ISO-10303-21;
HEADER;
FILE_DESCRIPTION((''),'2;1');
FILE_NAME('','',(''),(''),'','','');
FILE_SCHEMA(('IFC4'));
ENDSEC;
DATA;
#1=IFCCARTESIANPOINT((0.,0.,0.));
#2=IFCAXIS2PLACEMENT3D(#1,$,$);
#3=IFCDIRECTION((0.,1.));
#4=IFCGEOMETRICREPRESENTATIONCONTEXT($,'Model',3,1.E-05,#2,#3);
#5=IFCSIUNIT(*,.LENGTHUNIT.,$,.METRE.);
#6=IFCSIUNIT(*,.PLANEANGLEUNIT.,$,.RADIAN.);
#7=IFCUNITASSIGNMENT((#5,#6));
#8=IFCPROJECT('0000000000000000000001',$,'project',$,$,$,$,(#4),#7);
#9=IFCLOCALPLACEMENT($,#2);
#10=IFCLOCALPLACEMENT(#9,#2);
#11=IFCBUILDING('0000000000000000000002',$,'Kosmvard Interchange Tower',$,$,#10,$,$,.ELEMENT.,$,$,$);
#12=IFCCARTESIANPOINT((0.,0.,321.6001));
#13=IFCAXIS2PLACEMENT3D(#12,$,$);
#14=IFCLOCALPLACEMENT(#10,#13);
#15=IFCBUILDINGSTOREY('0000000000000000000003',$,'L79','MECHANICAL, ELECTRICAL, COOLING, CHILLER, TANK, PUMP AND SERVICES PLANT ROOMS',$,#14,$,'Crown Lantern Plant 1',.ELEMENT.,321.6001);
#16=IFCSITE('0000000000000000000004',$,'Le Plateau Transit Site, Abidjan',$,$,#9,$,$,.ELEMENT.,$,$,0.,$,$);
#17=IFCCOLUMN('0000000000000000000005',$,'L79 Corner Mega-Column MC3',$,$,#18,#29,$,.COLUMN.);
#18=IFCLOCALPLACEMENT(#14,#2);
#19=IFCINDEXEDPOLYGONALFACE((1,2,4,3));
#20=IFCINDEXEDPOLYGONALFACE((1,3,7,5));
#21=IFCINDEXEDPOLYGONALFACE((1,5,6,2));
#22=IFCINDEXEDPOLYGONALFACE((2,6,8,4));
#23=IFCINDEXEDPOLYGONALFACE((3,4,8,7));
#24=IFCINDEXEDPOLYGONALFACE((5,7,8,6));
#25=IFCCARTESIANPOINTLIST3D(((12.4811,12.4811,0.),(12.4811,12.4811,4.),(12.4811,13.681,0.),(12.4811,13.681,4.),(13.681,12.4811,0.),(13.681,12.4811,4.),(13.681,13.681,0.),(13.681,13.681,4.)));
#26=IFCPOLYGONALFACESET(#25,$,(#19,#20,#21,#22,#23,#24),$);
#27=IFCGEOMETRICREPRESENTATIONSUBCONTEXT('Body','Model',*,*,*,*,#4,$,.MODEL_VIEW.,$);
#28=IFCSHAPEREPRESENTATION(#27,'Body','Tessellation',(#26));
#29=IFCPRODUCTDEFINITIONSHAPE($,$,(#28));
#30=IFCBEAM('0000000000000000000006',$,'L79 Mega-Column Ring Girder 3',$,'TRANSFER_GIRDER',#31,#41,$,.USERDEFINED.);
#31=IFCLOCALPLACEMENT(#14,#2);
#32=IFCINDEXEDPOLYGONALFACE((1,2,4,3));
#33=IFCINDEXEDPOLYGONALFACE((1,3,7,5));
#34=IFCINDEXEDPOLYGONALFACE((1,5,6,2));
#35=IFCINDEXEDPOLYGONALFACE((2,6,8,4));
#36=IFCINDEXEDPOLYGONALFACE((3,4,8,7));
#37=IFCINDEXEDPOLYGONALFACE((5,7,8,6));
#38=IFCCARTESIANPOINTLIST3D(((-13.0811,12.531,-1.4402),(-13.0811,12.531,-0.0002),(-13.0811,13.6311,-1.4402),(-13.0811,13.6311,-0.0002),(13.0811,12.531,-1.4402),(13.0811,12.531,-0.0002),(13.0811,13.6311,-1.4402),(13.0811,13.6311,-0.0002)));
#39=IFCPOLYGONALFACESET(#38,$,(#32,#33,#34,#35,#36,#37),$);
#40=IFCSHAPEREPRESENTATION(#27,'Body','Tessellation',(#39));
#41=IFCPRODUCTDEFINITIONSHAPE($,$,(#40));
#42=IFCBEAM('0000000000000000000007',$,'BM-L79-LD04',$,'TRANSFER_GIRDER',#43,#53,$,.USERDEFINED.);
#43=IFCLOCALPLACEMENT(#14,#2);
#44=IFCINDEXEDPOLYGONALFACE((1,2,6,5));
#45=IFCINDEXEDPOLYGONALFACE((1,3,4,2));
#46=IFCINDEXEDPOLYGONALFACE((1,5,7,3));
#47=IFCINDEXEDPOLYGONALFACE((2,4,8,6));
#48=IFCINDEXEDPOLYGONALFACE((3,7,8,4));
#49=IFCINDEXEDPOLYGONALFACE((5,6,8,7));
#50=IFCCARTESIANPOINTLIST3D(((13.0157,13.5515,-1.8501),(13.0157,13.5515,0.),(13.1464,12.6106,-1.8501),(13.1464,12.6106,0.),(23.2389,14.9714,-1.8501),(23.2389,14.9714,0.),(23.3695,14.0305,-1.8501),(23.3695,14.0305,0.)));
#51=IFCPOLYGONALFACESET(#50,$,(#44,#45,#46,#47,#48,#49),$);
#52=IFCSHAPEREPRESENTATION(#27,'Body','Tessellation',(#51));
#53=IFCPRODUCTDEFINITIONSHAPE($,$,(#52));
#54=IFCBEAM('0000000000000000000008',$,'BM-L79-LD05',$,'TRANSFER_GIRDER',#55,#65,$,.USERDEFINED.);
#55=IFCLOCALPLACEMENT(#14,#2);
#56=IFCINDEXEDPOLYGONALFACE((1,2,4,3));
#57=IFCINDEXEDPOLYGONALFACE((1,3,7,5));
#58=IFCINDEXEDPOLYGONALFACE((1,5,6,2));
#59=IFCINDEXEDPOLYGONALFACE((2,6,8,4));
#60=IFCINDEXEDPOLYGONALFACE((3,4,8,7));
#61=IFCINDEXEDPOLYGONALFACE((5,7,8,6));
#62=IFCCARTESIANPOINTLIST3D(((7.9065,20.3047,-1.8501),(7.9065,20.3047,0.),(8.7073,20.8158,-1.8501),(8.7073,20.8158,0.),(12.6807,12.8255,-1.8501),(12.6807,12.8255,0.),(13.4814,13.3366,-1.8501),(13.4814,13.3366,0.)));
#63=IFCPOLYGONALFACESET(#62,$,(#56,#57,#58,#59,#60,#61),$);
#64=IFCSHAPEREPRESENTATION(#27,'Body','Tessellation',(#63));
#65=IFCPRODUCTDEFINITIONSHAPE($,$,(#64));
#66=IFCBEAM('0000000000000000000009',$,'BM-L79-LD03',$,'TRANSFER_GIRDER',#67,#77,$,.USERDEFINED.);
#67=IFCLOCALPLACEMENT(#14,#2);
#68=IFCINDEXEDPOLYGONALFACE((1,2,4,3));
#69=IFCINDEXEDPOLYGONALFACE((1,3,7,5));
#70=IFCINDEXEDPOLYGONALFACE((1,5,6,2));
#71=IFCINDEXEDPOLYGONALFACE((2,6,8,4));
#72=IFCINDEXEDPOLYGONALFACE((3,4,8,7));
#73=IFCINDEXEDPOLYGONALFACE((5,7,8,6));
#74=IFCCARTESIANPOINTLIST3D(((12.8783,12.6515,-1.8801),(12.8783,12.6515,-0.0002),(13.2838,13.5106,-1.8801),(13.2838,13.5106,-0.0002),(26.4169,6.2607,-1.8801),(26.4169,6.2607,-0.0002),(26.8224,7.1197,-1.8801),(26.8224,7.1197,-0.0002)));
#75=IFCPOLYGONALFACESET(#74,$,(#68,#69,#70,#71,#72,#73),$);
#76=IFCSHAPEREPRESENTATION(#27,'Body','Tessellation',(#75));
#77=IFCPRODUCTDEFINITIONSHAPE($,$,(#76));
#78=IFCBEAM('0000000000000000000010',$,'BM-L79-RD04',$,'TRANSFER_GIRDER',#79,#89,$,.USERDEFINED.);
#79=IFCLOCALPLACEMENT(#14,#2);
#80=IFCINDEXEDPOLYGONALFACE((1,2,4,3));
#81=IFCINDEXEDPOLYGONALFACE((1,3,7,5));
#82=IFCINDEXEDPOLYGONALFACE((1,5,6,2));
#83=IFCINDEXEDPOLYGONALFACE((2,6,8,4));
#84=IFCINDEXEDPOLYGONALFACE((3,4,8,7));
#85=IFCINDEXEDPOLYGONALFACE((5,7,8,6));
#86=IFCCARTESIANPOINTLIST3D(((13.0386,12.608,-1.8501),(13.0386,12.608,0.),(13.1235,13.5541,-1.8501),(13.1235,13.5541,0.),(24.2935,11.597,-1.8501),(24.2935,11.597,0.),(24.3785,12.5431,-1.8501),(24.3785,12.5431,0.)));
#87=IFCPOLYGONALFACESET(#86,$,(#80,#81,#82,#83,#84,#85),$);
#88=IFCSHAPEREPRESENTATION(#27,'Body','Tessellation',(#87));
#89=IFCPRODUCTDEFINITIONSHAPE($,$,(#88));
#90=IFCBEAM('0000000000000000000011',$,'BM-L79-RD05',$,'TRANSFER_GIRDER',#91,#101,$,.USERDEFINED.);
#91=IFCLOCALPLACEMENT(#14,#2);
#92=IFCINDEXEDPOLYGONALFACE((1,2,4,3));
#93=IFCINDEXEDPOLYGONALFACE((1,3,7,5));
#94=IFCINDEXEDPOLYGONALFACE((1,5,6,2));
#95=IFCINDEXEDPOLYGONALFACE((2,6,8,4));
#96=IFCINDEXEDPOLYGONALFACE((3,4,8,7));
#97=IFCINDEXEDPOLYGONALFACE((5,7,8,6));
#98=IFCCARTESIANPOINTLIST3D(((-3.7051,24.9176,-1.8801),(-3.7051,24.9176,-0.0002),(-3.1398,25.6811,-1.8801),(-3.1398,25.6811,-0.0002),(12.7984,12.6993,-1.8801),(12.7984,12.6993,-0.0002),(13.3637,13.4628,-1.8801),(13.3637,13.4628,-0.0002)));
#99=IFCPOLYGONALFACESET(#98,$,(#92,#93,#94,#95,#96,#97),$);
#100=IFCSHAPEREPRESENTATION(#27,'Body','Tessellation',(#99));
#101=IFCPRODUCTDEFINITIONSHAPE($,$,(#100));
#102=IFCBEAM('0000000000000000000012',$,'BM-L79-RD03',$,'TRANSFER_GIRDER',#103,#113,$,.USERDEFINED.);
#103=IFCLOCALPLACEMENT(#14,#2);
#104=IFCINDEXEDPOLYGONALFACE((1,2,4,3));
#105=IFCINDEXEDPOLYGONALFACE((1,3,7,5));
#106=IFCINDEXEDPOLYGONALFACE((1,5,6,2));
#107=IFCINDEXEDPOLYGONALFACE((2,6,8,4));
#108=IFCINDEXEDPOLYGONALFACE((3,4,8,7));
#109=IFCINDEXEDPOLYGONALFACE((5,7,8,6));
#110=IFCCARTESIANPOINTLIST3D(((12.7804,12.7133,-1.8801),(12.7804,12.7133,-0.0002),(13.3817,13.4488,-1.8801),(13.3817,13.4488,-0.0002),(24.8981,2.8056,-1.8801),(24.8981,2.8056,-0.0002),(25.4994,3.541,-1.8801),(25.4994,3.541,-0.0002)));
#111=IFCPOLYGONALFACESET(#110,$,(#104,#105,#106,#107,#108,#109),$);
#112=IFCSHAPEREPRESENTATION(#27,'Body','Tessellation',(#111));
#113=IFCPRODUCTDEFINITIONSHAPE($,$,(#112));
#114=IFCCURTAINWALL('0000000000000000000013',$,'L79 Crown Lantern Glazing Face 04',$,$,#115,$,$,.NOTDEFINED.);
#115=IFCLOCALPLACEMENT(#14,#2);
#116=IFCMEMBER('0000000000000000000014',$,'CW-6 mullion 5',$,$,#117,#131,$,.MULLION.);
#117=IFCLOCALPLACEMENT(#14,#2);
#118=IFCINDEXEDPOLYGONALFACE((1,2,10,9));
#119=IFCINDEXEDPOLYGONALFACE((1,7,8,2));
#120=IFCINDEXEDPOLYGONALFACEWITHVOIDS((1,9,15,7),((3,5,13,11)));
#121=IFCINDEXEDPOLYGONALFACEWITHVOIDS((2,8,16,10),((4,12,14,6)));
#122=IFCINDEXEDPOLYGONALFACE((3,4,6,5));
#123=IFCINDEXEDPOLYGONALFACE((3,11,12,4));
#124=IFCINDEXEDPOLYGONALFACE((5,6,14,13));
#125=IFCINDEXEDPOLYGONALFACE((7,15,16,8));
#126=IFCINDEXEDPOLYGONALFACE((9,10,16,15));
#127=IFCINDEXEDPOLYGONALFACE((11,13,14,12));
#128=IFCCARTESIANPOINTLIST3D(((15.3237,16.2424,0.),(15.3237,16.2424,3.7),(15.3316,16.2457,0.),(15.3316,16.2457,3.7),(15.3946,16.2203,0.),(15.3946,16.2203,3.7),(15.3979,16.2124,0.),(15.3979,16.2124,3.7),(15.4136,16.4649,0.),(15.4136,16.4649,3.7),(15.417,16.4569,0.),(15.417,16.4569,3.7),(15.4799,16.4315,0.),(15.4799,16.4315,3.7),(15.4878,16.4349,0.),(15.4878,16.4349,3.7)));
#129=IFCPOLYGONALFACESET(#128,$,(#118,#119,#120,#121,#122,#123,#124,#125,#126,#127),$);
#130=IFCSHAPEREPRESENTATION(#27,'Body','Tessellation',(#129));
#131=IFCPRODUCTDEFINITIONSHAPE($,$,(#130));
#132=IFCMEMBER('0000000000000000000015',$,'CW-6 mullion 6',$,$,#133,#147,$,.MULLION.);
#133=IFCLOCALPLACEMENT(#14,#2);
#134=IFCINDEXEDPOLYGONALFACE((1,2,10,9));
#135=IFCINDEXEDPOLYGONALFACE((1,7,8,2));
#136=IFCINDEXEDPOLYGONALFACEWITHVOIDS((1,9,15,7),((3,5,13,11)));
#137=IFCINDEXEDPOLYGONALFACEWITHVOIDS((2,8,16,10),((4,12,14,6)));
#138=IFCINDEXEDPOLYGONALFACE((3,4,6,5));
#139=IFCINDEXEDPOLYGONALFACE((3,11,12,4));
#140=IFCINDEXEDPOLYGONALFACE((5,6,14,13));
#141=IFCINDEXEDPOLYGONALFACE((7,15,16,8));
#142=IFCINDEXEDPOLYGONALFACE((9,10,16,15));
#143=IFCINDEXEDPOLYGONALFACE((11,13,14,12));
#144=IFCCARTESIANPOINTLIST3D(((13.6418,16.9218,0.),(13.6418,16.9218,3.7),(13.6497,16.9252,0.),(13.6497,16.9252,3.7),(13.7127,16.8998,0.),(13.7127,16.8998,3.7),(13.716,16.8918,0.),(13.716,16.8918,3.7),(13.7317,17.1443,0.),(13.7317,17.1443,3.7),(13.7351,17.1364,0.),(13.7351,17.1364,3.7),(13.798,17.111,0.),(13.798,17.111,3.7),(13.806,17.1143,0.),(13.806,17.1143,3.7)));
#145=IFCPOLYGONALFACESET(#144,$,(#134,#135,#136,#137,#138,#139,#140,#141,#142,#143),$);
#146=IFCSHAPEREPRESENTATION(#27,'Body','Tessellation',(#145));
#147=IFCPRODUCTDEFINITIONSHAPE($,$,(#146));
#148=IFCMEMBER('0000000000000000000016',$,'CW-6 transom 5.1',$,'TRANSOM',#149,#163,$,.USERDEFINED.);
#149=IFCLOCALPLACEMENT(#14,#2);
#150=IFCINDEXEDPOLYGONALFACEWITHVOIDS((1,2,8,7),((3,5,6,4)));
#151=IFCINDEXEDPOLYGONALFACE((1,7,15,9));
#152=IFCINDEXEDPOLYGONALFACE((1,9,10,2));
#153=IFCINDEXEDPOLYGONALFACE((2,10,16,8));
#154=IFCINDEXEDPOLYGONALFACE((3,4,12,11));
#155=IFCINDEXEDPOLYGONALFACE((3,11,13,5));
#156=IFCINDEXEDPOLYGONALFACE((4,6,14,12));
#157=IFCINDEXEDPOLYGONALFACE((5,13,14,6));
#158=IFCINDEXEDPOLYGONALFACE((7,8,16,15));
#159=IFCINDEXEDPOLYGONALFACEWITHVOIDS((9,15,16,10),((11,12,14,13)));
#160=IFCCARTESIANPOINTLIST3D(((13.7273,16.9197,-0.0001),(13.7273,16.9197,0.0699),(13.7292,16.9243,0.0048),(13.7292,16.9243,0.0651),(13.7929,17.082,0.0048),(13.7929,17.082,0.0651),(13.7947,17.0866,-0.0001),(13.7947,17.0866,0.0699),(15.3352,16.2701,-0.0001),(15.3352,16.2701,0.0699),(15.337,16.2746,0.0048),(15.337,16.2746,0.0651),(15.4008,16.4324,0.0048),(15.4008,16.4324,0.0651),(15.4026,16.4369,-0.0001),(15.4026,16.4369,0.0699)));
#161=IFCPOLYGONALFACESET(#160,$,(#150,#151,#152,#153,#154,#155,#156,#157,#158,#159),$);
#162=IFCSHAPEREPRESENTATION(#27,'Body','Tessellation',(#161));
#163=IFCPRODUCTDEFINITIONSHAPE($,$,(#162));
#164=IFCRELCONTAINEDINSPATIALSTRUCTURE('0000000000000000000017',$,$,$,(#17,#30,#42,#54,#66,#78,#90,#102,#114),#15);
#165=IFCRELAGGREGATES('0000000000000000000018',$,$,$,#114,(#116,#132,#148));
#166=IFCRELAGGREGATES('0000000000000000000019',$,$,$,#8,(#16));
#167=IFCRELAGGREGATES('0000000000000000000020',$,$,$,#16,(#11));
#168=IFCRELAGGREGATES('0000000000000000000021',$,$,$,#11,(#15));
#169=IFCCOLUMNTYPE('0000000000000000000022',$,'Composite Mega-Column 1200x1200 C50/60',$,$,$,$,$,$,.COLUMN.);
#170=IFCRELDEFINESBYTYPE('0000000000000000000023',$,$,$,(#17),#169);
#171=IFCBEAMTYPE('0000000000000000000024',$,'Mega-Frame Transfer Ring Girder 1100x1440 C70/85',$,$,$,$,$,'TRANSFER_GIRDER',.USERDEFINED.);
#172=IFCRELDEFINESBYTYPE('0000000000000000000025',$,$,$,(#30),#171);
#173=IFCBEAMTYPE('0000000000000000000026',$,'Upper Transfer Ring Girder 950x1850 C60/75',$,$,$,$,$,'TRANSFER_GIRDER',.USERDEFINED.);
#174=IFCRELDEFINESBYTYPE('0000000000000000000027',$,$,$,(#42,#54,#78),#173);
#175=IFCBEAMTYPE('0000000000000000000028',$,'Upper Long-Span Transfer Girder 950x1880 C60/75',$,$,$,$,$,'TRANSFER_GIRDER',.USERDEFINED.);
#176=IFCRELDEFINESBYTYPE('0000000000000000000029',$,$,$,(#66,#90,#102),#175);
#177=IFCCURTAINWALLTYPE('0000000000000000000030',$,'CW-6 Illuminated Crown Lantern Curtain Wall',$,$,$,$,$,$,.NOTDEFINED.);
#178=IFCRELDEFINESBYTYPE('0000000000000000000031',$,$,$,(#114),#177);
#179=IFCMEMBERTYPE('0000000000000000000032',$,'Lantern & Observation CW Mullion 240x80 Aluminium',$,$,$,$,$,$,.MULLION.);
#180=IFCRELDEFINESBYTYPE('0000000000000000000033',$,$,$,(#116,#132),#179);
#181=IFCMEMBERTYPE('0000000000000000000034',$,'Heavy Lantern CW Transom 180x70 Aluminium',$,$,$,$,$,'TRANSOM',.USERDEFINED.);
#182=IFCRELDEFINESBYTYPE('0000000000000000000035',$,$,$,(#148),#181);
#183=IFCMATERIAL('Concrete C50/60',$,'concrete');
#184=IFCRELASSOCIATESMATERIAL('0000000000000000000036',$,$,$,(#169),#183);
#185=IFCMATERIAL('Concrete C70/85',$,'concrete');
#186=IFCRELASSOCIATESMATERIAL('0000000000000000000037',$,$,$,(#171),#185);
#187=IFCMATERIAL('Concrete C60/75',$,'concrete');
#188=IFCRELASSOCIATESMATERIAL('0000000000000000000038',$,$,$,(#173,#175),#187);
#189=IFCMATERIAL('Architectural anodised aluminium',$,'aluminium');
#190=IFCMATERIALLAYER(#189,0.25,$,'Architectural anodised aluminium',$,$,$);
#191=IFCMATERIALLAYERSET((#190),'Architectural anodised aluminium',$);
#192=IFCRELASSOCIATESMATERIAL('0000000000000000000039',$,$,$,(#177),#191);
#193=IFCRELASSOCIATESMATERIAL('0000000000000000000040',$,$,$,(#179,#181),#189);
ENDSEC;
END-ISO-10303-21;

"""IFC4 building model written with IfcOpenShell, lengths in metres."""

from ifc_helpers import new_model, si_unit, direction, frame, origin, origin_2d, place, context, subcontext, project, spatial, rectangle, hollow_rectangle, extrude, source, transform, mapped, material, layer, layer_set, material_profile, profile_set, type_object, element, aggregate, save


model = new_model("IFC4")

# Units and contexts
model_context = context("Model", 3, precision=1e-05, world=origin(), true_north=direction((0.0, 1.0)))
body_context = subcontext(model_context, "Body", "Model", "MODEL_VIEW")
ifc_project = project(units=[si_unit("LENGTHUNIT", "METRE"), si_unit("PLANEANGLEUNIT", "RADIAN")], contexts=[model_context])

# Site, building, storey
site_placement = place(None, origin())
site = spatial("IfcSite", under=ifc_project, at=site_placement, Name="Le Plateau Transit Site, Abidjan", CompositionType="ELEMENT", RefElevation=0.0)
building_placement = place(site_placement, origin())
building = spatial("IfcBuilding", under=site, at=building_placement, Name="Kosmvard Interchange Tower", CompositionType="ELEMENT")
storey_placement = place(building_placement, frame((0.0, 0.0, 321.6001)))
storey = spatial("IfcBuildingStorey", under=building, at=storey_placement, Name="L79", Description="MECHANICAL, ELECTRICAL, COOLING, CHILLER, TANK, PUMP AND SERVICES PLANT ROOMS", LongName="Crown Lantern Plant 1", CompositionType="ELEMENT", Elevation=321.6001)

# Column
ifc_material_1 = material(Name="Concrete C50/60", Category="concrete")
ifc_material_profile_1 = material_profile(ifc_material_1, rectangle(XDim=1.2, YDim=1.2, at=origin_2d()), Name="MC 1200x1200")
ifc_profile_set_1 = profile_set([ifc_material_profile_1], Name="Concrete C50/60")
column_type = type_object("IfcColumnType", Name="Composite Mega-Column 1200x1200 C50/60", PredefinedType="COLUMN", material=ifc_profile_set_1)
shared_shape_1 = source(origin(), body_context, "Body", "SweptSolid", [
    extrude(rectangle(XDim=1.2, YDim=1.2, at=origin_2d()), origin(), (0.0, 0.0, 1.0), 4.0),
])
column_placement = place(storey_placement, frame((13.0811, 13.0811, 0.0), z_axis=(0.0, 0.0, 1.0), x_axis=(1.0, 0.0, 0.0)))
element("IfcColumn", 1, at=column_placement, inside=storey, type_object=column_type, Name="L79 Corner Mega-Column MC3", PredefinedType="COLUMN", context=body_context, shape_type="MappedRepresentation", body=[
    mapped(shared_shape_1, transform((0.0, 0.0, 0.0), scale=1.0)),
])

# Beams
ifc_material_2 = material(Name="Concrete C70/85", Category="concrete")
ifc_material_profile_2 = material_profile(ifc_material_2, rectangle(XDim=1.1001, YDim=1.4399, at=origin_2d()), Name="TG 1100x1440")
ifc_profile_set_2 = profile_set([ifc_material_profile_2], Name="Concrete C70/85")
beam_type_1 = type_object("IfcBeamType", Name="Mega-Frame Transfer Ring Girder 1100x1440 C70/85", ElementType="TRANSFER_GIRDER", PredefinedType="USERDEFINED", material=ifc_profile_set_2)
shared_shape_2 = source(origin(), body_context, "Body", "SweptSolid", [
    extrude(rectangle(XDim=1.1001, YDim=1.4399, at=origin_2d()), origin(), (0.0, 0.0, 1.0), 26.1621),
])
beam_1_placement = place(storey_placement, frame((13.0811, 13.0811, -0.7202), z_axis=(-1.0, 0.0, 0.0), x_axis=(0.0, -1.0, 0.0)))
element("IfcBeam", 2, at=beam_1_placement, inside=storey, type_object=beam_type_1, Name="L79 Mega-Column Ring Girder 3", ObjectType="TRANSFER_GIRDER", PredefinedType="USERDEFINED", context=body_context, shape_type="MappedRepresentation", body=[
    mapped(shared_shape_2, transform((0.0, 0.0, 0.0), scale=1.0)),
])
ifc_material_3 = material(Name="Concrete C60/75", Category="concrete")
ifc_material_profile_3 = material_profile(ifc_material_3, rectangle(XDim=0.95, YDim=1.8501, at=origin_2d()), Name="TG 950x1850")
ifc_profile_set_3 = profile_set([ifc_material_profile_3], Name="Concrete C60/75")
beam_type_2 = type_object("IfcBeamType", Name="Upper Transfer Ring Girder 950x1850 C60/75", ElementType="TRANSFER_GIRDER", PredefinedType="USERDEFINED", material=ifc_profile_set_3)
shared_shape_3 = source(origin(), body_context, "Body", "SweptSolid", [
    extrude(rectangle(XDim=0.95, YDim=1.8501, at=origin_2d()), origin(), (0.0, 0.0, 1.0), 10.3213),
])
beam_2_placement = place(storey_placement, frame((13.0811, 13.0811, -0.925), z_axis=(0.990492, 0.137572, 0.0), x_axis=(-0.137572, 0.990492, 0.0)))
element("IfcBeam", 3, at=beam_2_placement, inside=storey, type_object=beam_type_2, Name="BM-L79-LD04", ObjectType="TRANSFER_GIRDER", PredefinedType="USERDEFINED", context=body_context, shape_type="MappedRepresentation", body=[
    mapped(shared_shape_3, transform((0.0, 0.0, 0.0), scale=1.0)),
])
shared_shape_4 = source(origin(), body_context, "Body", "SweptSolid", [
    extrude(rectangle(XDim=0.95, YDim=1.8501, at=origin_2d()), origin(), (0.0, 0.0, 1.0), 8.873),
])
beam_3_placement = place(storey_placement, frame((13.0811, 13.0811, -0.925), z_axis=(-0.53805, 0.842913, 0.0), x_axis=(-0.842913, -0.53805, 0.0)))
element("IfcBeam", 4, at=beam_3_placement, inside=storey, type_object=beam_type_2, Name="BM-L79-LD05", ObjectType="TRANSFER_GIRDER", PredefinedType="USERDEFINED", context=body_context, shape_type="MappedRepresentation", body=[
    mapped(shared_shape_4, transform((0.0, 0.0, 0.0), scale=1.0)),
])
ifc_material_profile_4 = material_profile(ifc_material_3, rectangle(XDim=0.95, YDim=1.8799, at=origin_2d()), Name="TG 950x1880")
ifc_profile_set_4 = profile_set([ifc_material_profile_4], Name="Concrete C60/75")
beam_type_3 = type_object("IfcBeamType", Name="Upper Long-Span Transfer Girder 950x1880 C60/75", ElementType="TRANSFER_GIRDER", PredefinedType="USERDEFINED", material=ifc_profile_set_4)
shared_shape_5 = source(origin(), body_context, "Body", "SweptSolid", [
    extrude(rectangle(XDim=0.95, YDim=1.8799, at=origin_2d()), origin(), (0.0, 0.0, 1.0), 14.9712),
])
beam_4_placement = place(storey_placement, frame((13.0811, 13.0811, -0.9402), z_axis=(0.904309, -0.426878, 0.0), x_axis=(0.426878, 0.904309, 0.0)))
element("IfcBeam", 5, at=beam_4_placement, inside=storey, type_object=beam_type_3, Name="BM-L79-LD03", ObjectType="TRANSFER_GIRDER", PredefinedType="USERDEFINED", context=body_context, shape_type="MappedRepresentation", body=[
    mapped(shared_shape_5, transform((0.0, 0.0, 0.0), scale=1.0)),
])
shared_shape_6 = source(origin(), body_context, "Body", "SweptSolid", [
    extrude(rectangle(XDim=0.95, YDim=1.8501, at=origin_2d()), origin(), (0.0, 0.0, 1.0), 11.3003),
])
beam_5_placement = place(storey_placement, frame((13.0811, 13.0811, -0.925), z_axis=(0.99599, -0.089466, 0.0), x_axis=(0.089466, 0.99599, 0.0)))
element("IfcBeam", 6, at=beam_5_placement, inside=storey, type_object=beam_type_2, Name="BM-L79-RD04", ObjectType="TRANSFER_GIRDER", PredefinedType="USERDEFINED", context=body_context, shape_type="MappedRepresentation", body=[
    mapped(shared_shape_6, transform((0.0, 0.0, 0.0), scale=1.0)),
])
shared_shape_7 = source(origin(), body_context, "Body", "SweptSolid", [
    extrude(rectangle(XDim=0.95, YDim=1.8799, at=origin_2d()), origin(), (0.0, 0.0, 1.0), 20.5342),
])
beam_6_placement = place(storey_placement, frame((13.0811, 13.0811, -0.9402), z_axis=(-0.803708, 0.595023, 0.0), x_axis=(-0.595023, -0.803708, 0.0)))
element("IfcBeam", 7, at=beam_6_placement, inside=storey, type_object=beam_type_3, Name="BM-L79-RD05", ObjectType="TRANSFER_GIRDER", PredefinedType="USERDEFINED", context=body_context, shape_type="MappedRepresentation", body=[
    mapped(shared_shape_7, transform((0.0, 0.0, 0.0), scale=1.0)),
])
shared_shape_8 = source(origin(), body_context, "Body", "SweptSolid", [
    extrude(rectangle(XDim=0.95, YDim=1.8799, at=origin_2d()), origin(), (0.0, 0.0, 1.0), 15.6526),
])
beam_7_placement = place(storey_placement, frame((13.0811, 13.0811, -0.9402), z_axis=(0.774169, -0.63298, 0.0), x_axis=(0.63298, 0.774169, 0.0)))
element("IfcBeam", 8, at=beam_7_placement, inside=storey, type_object=beam_type_3, Name="BM-L79-RD03", ObjectType="TRANSFER_GIRDER", PredefinedType="USERDEFINED", context=body_context, shape_type="MappedRepresentation", body=[
    mapped(shared_shape_8, transform((0.0, 0.0, 0.0), scale=1.0)),
])

# Curtain wall, members
ifc_material_4 = material(Name="Architectural anodised aluminium", Category="aluminium")
ifc_layer_1 = layer(ifc_material_4, 0.25, Name="Architectural anodised aluminium")
ifc_layer_set_1 = layer_set([ifc_layer_1], Name="Architectural anodised aluminium")
curtain_wall_type = type_object("IfcCurtainWallType", Name="CW-6 Illuminated Crown Lantern Curtain Wall", PredefinedType="NOTDEFINED", material=ifc_layer_set_1)
curtain_wall_placement = place(storey_placement, origin())
curtain_wall = element("IfcCurtainWall", 9, at=curtain_wall_placement, inside=storey, type_object=curtain_wall_type, Name="L79 Crown Lantern Glazing Face 04", PredefinedType="NOTDEFINED")
ifc_material_profile_5 = material_profile(ifc_material_4, hollow_rectangle(XDim=0.24, YDim=0.0801, WallThickness=0.0061, at=origin_2d()), Name="CWM 240x80x6")
ifc_profile_set_5 = profile_set([ifc_material_profile_5], Name="Architectural anodised aluminium")
member_type_1 = type_object("IfcMemberType", Name="Lantern & Observation CW Mullion 240x80 Aluminium", PredefinedType="MULLION", material=ifc_profile_set_5)
shared_shape_9 = source(origin(), body_context, "Body", "SweptSolid", [
    extrude(hollow_rectangle(XDim=0.24, YDim=0.0801, WallThickness=0.0061, at=origin_2d()), origin(), (0.0, 0.0, 1.0), 3.7),
])
member_1_placement = place(storey_placement, frame((15.4058, 16.3386, 0.0), z_axis=(0.0, 0.0, 1.0), x_axis=(-0.374607, -0.927184, 0.0)))
member_1 = element("IfcMember", 10, at=member_1_placement, type_object=member_type_1, Name="CW-6 mullion 5", PredefinedType="MULLION", context=body_context, shape_type="MappedRepresentation", body=[
    mapped(shared_shape_9, transform((0.0, 0.0, 0.0), scale=1.0)),
])
member_2_placement = place(storey_placement, frame((13.7239, 17.0181, 0.0), z_axis=(0.0, 0.0, 1.0), x_axis=(-0.374607, -0.927184, 0.0)))
member_2 = element("IfcMember", 11, at=member_2_placement, type_object=member_type_1, Name="CW-6 mullion 6", PredefinedType="MULLION", context=body_context, shape_type="MappedRepresentation", body=[
    mapped(shared_shape_9, transform((0.0, 0.0, 0.0), scale=1.0)),
])
ifc_material_profile_6 = material_profile(ifc_material_4, hollow_rectangle(XDim=0.1799, YDim=0.0701, WallThickness=0.0049, at=origin_2d()), Name="CWT 180x70x5")
ifc_profile_set_6 = profile_set([ifc_material_profile_6], Name="Architectural anodised aluminium")
member_type_2 = type_object("IfcMemberType", Name="Heavy Lantern CW Transom 180x70 Aluminium", ElementType="TRANSOM", PredefinedType="USERDEFINED", material=ifc_profile_set_6)
shared_shape_10 = source(origin(), body_context, "Body", "SweptSolid", [
    extrude(hollow_rectangle(XDim=0.1799, YDim=0.0701, WallThickness=0.0049, at=origin_2d()), origin(), (0.0, 0.0, 1.0), 1.7341),
])
member_3_placement = place(storey_placement, frame((15.3689, 16.3535, 0.0349), z_axis=(-0.92718, 0.374617, 0.0), x_axis=(-0.374617, -0.92718, 0.0)))
member_3 = element("IfcMember", 12, at=member_3_placement, type_object=member_type_2, Name="CW-6 transom 5.1", ObjectType="TRANSOM", PredefinedType="USERDEFINED", context=body_context, shape_type="MappedRepresentation", body=[
    mapped(shared_shape_10, transform((0.0, 0.0, 0.0), scale=1.0)),
])
aggregate(curtain_wall, [member_1, member_2, member_3])

save(model, "model.ifc")
